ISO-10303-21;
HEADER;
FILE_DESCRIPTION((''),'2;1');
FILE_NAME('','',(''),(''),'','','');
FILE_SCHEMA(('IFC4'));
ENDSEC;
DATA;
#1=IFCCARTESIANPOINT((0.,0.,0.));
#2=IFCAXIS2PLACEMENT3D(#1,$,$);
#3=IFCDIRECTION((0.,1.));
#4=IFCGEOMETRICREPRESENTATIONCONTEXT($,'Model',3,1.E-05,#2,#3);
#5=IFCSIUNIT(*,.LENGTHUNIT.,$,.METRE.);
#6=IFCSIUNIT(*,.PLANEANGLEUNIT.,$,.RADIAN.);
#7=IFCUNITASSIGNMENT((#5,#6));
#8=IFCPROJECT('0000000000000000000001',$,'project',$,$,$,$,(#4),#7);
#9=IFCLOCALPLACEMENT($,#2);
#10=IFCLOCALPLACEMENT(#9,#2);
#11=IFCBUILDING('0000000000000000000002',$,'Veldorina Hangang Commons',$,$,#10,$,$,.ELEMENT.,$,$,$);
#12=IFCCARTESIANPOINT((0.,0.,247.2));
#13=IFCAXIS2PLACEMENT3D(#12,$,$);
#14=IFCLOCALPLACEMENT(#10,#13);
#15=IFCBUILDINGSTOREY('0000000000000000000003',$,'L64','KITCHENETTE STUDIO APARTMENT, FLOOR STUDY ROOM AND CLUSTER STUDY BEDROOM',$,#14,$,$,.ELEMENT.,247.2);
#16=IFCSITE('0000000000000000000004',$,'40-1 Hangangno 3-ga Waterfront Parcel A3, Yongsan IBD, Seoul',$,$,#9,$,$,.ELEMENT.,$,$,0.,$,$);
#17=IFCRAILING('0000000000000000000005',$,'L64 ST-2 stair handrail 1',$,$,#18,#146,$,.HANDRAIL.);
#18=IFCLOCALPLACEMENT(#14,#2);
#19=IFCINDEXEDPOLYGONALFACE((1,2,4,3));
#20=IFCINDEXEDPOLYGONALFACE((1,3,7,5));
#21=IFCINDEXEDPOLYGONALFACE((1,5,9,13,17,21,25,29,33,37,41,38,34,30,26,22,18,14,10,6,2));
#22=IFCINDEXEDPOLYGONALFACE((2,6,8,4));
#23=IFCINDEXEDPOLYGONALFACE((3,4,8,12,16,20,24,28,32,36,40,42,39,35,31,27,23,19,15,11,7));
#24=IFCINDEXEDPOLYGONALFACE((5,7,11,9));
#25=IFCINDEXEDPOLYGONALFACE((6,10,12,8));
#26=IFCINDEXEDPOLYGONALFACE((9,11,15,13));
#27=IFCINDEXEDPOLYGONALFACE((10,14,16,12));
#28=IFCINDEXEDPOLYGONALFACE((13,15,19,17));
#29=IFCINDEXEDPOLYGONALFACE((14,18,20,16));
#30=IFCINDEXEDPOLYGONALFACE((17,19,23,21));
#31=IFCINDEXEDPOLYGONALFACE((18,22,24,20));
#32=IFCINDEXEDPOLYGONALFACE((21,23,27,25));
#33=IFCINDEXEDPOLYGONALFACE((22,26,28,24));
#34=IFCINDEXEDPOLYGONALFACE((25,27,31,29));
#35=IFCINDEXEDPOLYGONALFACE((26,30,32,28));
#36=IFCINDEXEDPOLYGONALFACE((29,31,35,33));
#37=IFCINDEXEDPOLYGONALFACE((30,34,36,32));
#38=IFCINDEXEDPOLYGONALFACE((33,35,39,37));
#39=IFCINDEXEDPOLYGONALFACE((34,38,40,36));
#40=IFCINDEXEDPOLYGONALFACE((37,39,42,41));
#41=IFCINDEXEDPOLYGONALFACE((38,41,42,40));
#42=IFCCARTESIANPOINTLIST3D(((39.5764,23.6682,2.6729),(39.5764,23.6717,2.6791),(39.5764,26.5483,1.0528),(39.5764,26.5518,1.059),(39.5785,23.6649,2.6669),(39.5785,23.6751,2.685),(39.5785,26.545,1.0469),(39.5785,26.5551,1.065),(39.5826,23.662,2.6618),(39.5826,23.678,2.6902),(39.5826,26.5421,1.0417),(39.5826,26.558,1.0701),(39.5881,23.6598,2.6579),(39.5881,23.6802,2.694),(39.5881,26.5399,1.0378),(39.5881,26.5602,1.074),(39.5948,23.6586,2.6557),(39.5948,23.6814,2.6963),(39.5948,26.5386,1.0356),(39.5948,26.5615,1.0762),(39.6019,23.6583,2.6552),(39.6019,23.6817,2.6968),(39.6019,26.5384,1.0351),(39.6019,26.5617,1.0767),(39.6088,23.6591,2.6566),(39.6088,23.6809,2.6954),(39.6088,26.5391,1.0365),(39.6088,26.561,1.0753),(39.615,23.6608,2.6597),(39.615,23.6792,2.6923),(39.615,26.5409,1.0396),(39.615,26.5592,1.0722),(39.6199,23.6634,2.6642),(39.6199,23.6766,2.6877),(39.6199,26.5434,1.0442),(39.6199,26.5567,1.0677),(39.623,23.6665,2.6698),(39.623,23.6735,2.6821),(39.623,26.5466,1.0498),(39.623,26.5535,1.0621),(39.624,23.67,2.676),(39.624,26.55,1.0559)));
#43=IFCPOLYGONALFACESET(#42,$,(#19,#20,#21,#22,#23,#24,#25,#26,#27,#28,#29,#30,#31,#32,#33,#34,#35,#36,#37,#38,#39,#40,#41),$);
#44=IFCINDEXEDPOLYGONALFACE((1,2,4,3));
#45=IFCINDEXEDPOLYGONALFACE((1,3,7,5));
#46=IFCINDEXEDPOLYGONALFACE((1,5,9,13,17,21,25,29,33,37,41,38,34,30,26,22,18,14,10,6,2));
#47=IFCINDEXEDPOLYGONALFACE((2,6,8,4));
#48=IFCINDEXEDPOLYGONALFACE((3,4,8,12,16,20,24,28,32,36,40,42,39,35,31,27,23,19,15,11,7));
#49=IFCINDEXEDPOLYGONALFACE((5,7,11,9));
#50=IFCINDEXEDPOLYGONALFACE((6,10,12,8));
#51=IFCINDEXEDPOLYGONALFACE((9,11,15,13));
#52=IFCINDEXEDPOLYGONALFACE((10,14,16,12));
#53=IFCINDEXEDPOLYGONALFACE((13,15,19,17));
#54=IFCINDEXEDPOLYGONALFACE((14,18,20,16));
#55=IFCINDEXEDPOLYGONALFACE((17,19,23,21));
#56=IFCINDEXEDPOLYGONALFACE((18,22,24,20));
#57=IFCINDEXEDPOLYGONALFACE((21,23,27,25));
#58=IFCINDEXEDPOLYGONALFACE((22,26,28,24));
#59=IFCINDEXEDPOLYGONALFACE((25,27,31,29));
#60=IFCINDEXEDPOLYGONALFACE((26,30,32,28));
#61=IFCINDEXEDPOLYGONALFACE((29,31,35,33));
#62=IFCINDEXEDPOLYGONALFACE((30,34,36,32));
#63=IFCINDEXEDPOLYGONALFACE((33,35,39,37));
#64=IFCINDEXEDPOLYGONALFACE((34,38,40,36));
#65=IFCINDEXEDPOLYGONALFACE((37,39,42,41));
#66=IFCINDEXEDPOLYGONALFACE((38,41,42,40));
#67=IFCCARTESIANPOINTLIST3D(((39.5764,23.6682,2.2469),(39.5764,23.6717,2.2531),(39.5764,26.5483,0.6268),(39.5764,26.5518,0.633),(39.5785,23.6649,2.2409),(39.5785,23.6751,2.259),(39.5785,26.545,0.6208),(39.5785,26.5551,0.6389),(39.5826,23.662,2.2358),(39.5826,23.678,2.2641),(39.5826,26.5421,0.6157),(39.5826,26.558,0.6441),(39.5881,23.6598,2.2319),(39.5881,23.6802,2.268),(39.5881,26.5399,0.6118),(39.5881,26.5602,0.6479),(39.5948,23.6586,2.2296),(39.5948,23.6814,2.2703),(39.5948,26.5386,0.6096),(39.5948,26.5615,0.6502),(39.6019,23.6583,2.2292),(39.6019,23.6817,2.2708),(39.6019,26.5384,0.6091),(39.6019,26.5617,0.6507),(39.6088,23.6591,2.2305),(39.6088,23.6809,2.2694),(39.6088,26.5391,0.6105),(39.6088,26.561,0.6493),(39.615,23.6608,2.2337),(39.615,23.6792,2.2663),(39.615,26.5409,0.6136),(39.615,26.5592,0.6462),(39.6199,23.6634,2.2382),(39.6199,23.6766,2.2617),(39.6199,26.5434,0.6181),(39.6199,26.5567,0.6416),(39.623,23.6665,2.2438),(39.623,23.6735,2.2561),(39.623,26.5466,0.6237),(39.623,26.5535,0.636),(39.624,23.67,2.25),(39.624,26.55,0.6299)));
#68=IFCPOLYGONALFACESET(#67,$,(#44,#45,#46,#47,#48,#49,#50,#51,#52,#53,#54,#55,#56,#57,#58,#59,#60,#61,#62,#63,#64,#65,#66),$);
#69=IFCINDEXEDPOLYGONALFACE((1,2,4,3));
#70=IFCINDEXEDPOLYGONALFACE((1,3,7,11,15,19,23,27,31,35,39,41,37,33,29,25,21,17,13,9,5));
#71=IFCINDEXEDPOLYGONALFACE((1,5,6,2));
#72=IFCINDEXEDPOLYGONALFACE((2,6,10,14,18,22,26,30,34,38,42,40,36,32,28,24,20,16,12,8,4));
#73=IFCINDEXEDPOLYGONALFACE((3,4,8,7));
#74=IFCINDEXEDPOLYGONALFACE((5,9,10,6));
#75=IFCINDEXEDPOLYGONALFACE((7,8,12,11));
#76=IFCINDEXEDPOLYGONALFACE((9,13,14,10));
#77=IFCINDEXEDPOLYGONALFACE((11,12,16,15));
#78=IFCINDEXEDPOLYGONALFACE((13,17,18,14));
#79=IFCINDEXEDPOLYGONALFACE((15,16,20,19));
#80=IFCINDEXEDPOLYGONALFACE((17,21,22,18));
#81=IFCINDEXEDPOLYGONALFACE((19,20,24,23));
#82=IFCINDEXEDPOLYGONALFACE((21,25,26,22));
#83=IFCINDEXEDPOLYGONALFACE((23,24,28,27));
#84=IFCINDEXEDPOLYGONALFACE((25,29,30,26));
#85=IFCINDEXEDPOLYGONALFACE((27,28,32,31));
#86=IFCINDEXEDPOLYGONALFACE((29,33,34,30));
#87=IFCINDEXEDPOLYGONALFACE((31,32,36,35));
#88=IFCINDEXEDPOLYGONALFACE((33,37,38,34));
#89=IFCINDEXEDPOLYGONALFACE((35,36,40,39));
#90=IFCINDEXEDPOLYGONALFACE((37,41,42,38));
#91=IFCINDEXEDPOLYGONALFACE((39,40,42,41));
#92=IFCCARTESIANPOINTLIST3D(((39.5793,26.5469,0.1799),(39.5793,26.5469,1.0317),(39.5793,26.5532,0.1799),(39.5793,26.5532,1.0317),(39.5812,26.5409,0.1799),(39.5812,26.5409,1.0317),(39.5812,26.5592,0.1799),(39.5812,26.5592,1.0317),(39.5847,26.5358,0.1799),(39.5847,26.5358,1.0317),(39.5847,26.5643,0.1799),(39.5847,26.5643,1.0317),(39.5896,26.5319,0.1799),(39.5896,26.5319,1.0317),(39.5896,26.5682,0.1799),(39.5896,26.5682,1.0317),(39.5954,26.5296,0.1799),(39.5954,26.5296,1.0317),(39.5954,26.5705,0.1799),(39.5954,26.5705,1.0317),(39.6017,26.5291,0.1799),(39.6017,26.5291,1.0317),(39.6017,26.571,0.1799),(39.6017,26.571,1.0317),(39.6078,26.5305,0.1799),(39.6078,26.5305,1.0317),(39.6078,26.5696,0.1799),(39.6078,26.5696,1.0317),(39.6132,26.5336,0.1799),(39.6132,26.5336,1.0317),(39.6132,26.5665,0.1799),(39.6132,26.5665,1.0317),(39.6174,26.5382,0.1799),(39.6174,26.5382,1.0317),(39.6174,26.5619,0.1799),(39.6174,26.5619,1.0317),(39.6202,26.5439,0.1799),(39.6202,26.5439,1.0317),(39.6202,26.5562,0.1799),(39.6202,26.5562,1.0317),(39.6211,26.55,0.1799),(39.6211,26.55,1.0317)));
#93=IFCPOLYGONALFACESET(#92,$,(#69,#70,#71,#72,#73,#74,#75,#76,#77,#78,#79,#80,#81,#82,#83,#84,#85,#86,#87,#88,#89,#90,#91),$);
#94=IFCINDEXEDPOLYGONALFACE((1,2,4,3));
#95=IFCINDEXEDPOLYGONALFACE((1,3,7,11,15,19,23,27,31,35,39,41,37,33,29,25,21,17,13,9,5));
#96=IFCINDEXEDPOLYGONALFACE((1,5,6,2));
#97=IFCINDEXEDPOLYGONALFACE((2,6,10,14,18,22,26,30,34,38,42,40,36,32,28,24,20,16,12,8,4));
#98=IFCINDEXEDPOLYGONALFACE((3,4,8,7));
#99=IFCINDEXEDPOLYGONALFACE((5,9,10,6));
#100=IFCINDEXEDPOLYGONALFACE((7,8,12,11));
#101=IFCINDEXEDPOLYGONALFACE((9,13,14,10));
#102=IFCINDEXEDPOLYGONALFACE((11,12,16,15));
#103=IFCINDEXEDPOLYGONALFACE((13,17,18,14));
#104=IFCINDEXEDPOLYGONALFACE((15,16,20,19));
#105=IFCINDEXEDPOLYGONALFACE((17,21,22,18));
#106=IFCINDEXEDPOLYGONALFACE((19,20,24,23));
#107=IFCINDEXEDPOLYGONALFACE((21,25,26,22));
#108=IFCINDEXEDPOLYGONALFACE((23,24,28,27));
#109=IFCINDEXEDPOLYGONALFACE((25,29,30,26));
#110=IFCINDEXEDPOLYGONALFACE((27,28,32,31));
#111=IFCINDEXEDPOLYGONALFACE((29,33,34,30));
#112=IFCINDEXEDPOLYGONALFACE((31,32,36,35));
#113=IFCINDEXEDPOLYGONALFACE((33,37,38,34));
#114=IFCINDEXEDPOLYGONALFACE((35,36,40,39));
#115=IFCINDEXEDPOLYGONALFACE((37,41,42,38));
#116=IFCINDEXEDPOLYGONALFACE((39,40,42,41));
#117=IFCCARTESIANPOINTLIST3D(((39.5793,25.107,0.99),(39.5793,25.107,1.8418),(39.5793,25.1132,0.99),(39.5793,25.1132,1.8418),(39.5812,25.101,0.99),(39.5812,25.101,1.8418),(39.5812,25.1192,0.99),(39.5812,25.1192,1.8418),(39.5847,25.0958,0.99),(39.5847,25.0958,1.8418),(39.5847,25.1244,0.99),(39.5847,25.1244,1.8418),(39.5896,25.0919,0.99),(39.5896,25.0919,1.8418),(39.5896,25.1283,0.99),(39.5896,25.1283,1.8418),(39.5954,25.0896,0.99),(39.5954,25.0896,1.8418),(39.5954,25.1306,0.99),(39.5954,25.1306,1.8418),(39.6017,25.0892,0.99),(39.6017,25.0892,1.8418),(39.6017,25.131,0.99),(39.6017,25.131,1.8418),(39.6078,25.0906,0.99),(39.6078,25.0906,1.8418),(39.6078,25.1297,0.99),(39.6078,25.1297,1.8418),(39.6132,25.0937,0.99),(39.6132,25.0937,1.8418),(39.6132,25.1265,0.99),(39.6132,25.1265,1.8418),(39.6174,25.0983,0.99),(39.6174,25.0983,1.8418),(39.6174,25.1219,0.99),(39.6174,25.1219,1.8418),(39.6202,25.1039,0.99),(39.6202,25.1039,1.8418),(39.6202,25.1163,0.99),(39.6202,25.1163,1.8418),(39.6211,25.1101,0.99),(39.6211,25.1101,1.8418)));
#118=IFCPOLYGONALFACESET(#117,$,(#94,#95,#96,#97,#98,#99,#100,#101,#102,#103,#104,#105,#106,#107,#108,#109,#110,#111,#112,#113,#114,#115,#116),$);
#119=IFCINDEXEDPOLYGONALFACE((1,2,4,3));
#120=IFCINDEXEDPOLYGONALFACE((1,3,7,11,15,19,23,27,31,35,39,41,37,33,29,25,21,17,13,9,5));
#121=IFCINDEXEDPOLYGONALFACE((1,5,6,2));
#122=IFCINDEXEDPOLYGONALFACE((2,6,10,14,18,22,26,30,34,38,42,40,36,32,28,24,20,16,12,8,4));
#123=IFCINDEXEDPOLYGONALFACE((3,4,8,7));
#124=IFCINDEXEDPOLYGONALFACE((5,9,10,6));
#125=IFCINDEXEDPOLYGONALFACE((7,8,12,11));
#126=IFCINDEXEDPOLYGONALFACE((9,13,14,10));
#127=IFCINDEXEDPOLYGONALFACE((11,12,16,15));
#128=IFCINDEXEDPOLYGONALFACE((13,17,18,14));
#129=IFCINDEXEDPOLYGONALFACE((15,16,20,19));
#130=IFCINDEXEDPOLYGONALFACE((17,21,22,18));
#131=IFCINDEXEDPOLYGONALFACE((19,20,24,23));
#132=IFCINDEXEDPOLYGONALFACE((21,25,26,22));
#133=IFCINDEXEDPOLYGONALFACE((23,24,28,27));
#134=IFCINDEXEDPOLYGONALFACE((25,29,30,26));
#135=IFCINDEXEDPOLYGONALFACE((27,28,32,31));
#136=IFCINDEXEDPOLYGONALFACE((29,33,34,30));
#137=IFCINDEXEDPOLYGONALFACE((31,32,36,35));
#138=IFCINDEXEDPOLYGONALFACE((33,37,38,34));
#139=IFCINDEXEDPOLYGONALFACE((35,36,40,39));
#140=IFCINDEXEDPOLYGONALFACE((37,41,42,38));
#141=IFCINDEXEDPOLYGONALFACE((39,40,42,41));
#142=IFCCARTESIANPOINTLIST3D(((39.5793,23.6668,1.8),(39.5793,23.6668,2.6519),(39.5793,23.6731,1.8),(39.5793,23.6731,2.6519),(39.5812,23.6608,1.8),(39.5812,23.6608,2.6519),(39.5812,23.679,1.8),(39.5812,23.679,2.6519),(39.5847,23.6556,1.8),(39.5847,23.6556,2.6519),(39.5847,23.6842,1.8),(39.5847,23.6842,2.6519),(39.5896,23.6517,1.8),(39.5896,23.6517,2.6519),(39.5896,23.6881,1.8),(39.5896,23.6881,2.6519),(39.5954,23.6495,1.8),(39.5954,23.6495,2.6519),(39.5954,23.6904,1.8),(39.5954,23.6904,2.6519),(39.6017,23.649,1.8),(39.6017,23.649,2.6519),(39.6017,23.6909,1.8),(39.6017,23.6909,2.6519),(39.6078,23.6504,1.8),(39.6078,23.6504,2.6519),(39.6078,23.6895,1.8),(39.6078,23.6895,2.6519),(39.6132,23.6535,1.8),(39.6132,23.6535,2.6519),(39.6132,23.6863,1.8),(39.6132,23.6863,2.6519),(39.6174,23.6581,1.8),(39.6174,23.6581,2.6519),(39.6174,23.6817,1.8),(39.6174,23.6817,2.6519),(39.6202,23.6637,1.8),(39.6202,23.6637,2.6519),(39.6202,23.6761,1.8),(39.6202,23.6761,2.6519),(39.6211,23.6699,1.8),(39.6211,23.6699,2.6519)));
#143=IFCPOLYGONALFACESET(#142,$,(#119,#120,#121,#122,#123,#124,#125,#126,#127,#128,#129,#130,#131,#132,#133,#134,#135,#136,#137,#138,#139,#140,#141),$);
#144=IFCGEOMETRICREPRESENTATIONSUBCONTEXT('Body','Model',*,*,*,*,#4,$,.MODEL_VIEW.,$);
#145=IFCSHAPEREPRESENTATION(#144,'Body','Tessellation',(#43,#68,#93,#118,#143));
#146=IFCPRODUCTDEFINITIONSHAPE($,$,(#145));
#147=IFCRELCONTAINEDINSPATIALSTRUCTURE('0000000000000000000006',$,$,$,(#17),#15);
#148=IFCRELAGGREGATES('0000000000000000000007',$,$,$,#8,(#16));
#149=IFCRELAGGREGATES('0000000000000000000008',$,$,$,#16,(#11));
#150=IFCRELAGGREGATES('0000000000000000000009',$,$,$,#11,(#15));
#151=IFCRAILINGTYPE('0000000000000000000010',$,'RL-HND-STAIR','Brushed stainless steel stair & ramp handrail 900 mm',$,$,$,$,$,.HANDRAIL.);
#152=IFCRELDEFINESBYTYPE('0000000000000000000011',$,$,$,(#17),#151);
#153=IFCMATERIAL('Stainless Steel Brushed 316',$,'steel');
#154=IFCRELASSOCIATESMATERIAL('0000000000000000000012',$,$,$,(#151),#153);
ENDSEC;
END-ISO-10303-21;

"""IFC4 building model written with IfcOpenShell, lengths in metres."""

from ifc_helpers import new_model, si_unit, direction, frame, origin, origin_2d, place, context, subcontext, project, spatial, circle, extrude, material, type_object, element, save


model = new_model("IFC4")

# Units and contexts
model_context = context("Model", 3, precision=1e-05, world=origin(), true_north=direction((0.0, 1.0)))
body_context = subcontext(model_context, "Body", "Model", "MODEL_VIEW")
ifc_project = project(units=[si_unit("LENGTHUNIT", "METRE"), si_unit("PLANEANGLEUNIT", "RADIAN")], contexts=[model_context])

# Site, building, storey
site_placement = place(None, origin())
site = spatial("IfcSite", under=ifc_project, at=site_placement, Name="40-1 Hangangno 3-ga Waterfront Parcel A3, Yongsan IBD, Seoul", CompositionType="ELEMENT", RefElevation=0.0)
building_placement = place(site_placement, origin())
building = spatial("IfcBuilding", under=site, at=building_placement, Name="Veldorina Hangang Commons", CompositionType="ELEMENT")
storey_placement = place(building_placement, frame((0.0, 0.0, 247.2)))
storey = spatial("IfcBuildingStorey", under=building, at=storey_placement, Name="L64", Description="KITCHENETTE STUDIO APARTMENT, FLOOR STUDY ROOM AND CLUSTER STUDY BEDROOM", CompositionType="ELEMENT", Elevation=247.2)

# Railing
ifc_material_1 = material(Name="Stainless Steel Brushed 316", Category="steel")
railing_type_1 = type_object("IfcRailingType", Name="RL-HND-STAIR", Description="Brushed stainless steel stair & ramp handrail 900 mm", PredefinedType="HANDRAIL", material=ifc_material_1)
railing_1_placement = place(storey_placement, frame((39.6001, 26.55, 0.1799)))
element("IfcRailing", 1, at=railing_1_placement, inside=storey, type_object=railing_type_1, Name="L64 ST-2 stair handrail 1", PredefinedType="HANDRAIL", context=body_context, shape_type="SweptSolid", body=[
    extrude(circle(Radius=0.0239, at=origin_2d()), frame((0.0, 0.0, 0.876), z_axis=(0.0, -0.87157, 0.490272), x_axis=(1.0, 0.0, 0.0)), (0.0, 0.0, 1.0), 3.3044),
    extrude(circle(Radius=0.0239, at=origin_2d()), frame((0.0, 0.0, 0.45), z_axis=(0.0, -0.87157, 0.490272), x_axis=(1.0, 0.0, 0.0)), (0.0, 0.0, 1.0), 3.3044),
    extrude(circle(Radius=0.021, at=origin_2d()), origin(), (0.0, 0.0, 1.0), 0.8518),
    extrude(circle(Radius=0.021, at=origin_2d()), frame((0.0, -1.4399, 0.8101)), (0.0, 0.0, 1.0), 0.8518),
    extrude(circle(Radius=0.021, at=origin_2d()), frame((0.0, -2.8801, 1.6201)), (0.0, 0.0, 1.0), 0.8518),
])

save(model, "model.ifc")
